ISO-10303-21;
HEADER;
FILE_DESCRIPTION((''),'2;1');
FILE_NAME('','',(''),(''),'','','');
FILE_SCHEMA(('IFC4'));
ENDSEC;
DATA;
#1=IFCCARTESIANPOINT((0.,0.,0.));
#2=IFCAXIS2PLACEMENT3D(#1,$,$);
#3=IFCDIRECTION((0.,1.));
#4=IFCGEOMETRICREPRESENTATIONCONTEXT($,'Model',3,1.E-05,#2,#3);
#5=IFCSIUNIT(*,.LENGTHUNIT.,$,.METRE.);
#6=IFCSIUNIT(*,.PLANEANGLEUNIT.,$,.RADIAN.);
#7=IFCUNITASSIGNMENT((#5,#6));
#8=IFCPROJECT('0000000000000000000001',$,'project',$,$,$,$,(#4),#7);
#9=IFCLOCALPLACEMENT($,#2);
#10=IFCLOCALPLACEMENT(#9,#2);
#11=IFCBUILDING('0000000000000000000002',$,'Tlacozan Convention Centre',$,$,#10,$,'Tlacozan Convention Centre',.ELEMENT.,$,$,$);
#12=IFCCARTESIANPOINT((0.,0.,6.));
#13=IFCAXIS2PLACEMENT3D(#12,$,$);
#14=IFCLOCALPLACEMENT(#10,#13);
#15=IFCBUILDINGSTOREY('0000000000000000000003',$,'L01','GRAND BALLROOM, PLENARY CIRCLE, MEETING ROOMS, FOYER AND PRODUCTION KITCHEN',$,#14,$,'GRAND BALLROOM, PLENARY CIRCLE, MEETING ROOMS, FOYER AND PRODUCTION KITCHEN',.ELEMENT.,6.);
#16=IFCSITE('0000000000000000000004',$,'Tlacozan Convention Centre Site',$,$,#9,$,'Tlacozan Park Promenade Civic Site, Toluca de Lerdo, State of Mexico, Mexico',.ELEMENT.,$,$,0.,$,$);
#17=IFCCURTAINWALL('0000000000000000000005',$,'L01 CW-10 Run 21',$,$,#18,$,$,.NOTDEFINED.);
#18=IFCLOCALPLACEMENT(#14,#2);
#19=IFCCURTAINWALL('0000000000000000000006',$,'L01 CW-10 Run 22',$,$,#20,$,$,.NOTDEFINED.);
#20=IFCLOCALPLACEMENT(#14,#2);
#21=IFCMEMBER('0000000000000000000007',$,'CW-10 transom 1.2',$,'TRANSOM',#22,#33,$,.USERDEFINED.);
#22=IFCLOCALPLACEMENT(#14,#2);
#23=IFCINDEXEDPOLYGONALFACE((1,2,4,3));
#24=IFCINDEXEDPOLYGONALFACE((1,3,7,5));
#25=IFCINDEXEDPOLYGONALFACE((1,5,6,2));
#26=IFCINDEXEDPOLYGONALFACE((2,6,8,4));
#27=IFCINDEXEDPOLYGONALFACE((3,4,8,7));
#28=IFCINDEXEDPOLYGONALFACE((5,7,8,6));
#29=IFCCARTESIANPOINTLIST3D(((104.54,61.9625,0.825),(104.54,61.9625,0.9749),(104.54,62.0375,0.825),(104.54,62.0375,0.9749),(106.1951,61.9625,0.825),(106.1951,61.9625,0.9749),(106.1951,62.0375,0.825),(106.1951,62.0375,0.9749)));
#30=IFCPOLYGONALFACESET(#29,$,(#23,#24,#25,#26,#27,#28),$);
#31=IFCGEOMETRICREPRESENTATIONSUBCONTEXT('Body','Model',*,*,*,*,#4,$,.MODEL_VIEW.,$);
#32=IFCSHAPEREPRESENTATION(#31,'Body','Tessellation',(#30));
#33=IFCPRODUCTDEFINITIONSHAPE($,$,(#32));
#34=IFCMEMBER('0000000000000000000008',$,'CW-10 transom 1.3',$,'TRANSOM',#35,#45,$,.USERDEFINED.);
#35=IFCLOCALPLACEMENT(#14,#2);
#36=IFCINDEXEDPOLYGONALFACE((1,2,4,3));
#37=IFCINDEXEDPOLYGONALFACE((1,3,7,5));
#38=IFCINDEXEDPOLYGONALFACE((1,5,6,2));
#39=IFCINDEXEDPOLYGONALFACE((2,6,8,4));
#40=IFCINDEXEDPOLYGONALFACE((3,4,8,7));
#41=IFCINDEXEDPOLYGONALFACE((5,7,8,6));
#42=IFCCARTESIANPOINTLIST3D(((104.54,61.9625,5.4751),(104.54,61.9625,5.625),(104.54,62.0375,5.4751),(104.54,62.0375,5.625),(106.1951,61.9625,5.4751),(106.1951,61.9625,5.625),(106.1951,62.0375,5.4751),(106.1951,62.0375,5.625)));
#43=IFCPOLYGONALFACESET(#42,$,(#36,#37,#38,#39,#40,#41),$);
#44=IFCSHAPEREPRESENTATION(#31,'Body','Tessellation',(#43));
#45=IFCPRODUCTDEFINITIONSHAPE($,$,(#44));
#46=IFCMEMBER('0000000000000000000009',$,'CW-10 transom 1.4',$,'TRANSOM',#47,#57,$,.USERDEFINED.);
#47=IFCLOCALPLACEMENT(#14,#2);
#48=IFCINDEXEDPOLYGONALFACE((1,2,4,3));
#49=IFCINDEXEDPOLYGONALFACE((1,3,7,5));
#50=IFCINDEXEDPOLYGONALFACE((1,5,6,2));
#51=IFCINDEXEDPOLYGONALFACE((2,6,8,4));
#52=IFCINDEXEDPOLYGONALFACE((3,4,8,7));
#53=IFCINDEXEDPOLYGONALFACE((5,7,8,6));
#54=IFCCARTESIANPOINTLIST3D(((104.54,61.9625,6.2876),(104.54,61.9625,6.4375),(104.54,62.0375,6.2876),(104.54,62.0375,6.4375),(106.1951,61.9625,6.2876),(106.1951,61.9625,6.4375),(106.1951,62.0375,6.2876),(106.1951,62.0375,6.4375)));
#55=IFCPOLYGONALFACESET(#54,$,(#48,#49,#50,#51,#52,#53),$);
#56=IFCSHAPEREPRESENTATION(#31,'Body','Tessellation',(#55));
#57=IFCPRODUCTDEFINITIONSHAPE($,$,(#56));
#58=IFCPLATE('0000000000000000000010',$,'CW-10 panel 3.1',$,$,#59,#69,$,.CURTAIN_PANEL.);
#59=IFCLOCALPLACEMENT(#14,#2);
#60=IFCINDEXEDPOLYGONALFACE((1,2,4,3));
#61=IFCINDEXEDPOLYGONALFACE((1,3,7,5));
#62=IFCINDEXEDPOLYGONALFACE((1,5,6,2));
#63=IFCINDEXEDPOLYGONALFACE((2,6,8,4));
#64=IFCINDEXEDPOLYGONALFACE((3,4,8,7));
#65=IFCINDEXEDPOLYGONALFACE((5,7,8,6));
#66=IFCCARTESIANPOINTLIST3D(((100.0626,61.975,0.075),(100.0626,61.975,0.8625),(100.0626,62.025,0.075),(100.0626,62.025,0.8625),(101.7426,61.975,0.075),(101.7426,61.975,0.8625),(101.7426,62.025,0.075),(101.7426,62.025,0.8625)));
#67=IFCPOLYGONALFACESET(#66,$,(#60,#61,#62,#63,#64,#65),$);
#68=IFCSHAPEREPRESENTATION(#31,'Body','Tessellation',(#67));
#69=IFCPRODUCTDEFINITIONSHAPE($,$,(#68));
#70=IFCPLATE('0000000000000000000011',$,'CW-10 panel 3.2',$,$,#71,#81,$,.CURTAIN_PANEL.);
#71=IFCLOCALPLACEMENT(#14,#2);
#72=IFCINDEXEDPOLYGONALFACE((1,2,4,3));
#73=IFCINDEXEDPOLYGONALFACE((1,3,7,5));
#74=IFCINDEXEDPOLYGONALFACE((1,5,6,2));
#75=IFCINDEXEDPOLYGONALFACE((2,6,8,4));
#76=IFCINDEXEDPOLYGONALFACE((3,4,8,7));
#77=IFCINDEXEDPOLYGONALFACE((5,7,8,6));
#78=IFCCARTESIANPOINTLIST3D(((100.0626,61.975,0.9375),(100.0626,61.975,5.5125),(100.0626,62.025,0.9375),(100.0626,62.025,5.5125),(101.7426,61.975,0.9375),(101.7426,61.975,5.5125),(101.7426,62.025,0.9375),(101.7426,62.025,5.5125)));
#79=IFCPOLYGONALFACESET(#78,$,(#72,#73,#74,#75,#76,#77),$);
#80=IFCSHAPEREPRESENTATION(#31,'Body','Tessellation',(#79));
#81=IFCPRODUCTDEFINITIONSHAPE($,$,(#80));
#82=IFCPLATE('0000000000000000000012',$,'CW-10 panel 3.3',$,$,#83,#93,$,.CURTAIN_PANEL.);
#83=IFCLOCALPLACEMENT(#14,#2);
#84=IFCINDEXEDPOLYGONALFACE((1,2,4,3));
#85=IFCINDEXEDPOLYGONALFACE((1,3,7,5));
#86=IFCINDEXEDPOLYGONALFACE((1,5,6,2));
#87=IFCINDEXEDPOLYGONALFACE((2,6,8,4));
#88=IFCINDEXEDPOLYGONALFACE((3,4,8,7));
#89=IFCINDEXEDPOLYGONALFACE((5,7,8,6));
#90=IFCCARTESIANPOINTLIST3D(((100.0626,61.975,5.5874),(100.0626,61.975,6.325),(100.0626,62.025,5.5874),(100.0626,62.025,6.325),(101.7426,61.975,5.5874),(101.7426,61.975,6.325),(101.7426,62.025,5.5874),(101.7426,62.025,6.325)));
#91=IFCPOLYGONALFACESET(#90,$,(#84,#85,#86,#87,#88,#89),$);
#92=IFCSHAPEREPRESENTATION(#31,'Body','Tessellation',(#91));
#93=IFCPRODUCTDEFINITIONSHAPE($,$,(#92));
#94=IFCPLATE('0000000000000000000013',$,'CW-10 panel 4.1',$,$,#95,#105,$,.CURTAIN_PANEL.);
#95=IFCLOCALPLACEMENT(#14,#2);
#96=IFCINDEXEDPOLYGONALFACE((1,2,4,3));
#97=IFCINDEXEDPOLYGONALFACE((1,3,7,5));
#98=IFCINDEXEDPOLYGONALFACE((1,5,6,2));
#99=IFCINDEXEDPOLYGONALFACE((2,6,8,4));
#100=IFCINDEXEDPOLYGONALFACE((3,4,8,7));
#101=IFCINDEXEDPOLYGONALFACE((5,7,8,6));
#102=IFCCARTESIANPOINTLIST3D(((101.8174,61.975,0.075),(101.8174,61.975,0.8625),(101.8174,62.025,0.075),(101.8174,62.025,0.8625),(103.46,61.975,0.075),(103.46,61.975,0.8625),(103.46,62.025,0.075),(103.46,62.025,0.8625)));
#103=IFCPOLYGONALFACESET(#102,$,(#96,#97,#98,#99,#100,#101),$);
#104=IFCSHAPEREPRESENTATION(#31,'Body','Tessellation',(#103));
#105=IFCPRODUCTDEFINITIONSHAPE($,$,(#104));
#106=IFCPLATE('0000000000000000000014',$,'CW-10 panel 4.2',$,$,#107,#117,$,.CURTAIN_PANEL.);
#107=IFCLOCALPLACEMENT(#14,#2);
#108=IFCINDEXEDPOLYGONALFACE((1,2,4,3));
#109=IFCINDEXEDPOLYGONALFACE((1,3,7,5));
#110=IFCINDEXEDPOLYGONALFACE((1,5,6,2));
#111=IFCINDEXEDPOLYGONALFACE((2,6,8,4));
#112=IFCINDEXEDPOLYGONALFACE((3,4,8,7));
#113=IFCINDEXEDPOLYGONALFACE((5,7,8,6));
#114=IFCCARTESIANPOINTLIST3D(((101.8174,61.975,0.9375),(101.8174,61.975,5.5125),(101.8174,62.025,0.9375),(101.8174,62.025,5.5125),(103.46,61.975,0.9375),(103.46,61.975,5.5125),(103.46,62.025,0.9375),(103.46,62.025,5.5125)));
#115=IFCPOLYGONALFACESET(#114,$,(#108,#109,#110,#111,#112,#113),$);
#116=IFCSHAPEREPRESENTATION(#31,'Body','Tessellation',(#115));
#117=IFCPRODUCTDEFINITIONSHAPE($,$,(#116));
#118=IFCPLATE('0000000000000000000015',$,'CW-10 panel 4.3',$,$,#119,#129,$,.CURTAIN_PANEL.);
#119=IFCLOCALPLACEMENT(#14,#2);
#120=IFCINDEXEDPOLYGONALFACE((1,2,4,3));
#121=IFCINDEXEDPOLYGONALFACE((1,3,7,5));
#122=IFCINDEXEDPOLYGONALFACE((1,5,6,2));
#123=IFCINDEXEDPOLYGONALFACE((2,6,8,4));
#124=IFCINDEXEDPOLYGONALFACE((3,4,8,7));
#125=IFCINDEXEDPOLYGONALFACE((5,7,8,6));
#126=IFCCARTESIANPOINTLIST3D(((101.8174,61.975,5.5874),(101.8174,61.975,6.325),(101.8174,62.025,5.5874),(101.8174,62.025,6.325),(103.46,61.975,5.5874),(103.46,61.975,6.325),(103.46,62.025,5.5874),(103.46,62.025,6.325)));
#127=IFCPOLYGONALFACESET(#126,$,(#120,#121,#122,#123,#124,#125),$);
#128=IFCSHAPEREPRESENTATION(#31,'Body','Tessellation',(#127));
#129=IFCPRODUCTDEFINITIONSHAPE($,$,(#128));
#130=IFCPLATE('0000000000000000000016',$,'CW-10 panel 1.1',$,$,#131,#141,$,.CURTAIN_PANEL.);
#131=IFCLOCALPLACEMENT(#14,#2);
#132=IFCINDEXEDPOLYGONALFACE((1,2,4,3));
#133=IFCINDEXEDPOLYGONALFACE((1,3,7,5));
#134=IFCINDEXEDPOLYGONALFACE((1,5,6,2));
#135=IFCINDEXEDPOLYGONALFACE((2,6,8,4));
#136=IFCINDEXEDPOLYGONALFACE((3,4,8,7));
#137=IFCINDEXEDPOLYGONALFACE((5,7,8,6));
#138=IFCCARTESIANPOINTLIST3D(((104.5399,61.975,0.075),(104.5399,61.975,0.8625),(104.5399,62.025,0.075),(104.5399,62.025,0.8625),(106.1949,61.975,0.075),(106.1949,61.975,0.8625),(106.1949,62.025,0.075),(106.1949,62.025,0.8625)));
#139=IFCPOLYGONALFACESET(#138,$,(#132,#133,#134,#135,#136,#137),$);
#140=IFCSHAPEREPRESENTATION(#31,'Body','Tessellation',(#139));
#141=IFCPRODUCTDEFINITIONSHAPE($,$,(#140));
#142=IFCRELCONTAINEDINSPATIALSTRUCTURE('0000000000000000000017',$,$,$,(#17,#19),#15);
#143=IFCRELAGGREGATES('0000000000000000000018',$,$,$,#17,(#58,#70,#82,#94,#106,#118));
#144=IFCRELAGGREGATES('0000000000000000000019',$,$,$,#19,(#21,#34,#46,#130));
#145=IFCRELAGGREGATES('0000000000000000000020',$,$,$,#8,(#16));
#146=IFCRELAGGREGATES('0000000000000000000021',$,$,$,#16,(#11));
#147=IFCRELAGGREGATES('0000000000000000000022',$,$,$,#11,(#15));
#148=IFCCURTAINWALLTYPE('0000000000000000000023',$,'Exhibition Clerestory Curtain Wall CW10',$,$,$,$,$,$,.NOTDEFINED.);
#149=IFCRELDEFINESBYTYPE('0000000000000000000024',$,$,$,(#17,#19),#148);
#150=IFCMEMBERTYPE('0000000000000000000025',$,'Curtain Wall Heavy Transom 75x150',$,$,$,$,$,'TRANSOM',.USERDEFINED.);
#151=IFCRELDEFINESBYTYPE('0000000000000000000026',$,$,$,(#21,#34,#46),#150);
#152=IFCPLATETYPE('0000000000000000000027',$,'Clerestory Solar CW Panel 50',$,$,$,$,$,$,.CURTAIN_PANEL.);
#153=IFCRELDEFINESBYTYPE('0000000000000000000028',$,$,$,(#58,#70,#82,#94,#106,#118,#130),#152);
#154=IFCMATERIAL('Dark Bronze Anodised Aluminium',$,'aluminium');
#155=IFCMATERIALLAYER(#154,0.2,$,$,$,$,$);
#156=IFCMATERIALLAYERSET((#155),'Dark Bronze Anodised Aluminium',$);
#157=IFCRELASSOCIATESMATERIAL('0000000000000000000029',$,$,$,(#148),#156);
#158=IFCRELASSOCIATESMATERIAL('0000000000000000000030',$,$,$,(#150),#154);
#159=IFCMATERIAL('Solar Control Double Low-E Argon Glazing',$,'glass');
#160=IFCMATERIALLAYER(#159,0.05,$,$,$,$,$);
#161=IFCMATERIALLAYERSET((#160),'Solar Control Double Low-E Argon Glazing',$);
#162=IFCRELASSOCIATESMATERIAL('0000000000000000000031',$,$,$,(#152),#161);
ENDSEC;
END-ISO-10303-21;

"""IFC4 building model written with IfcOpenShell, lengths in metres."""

from ifc_helpers import new_model, si_unit, direction, frame, origin, origin_2d, place, context, subcontext, project, spatial, rectangle, extrude, material, layer, layer_set, material_profile, profile_set, type_object, element, aggregate, save


model = new_model("IFC4")

# Units and contexts
model_context = context("Model", 3, precision=1e-05, world=origin(), true_north=direction((0.0, 1.0)))
body_context = subcontext(model_context, "Body", "Model", "MODEL_VIEW")
ifc_project = project(units=[si_unit("LENGTHUNIT", "METRE"), si_unit("PLANEANGLEUNIT", "RADIAN")], contexts=[model_context])

# Site, building, storey
site_placement = place(None, origin())
site = spatial("IfcSite", under=ifc_project, at=site_placement, Name="Tlacozan Convention Centre Site", LongName="Tlacozan Park Promenade Civic Site, Toluca de Lerdo, State of Mexico, Mexico", CompositionType="ELEMENT", RefElevation=0.0)
building_placement = place(site_placement, origin())
building = spatial("IfcBuilding", under=site, at=building_placement, Name="Tlacozan Convention Centre", LongName="Tlacozan Convention Centre", CompositionType="ELEMENT")
storey_placement = place(building_placement, frame((0.0, 0.0, 6.0)))
storey = spatial("IfcBuildingStorey", under=building, at=storey_placement, Name="L01", Description="GRAND BALLROOM, PLENARY CIRCLE, MEETING ROOMS, FOYER AND PRODUCTION KITCHEN", LongName="GRAND BALLROOM, PLENARY CIRCLE, MEETING ROOMS, FOYER AND PRODUCTION KITCHEN", CompositionType="ELEMENT", Elevation=6.0)

# Curtain wall
ifc_material_1 = material(Name="Dark Bronze Anodised Aluminium", Category="aluminium")
ifc_layer_1 = layer(ifc_material_1, 0.2)
ifc_layer_set_1 = layer_set([ifc_layer_1], Name="Dark Bronze Anodised Aluminium")
curtain_wall_type = type_object("IfcCurtainWallType", Name="Exhibition Clerestory Curtain Wall CW10", PredefinedType="NOTDEFINED", material=ifc_layer_set_1)
curtain_wall_1_placement = place(storey_placement, origin())
curtain_wall_1 = element("IfcCurtainWall", 1, at=curtain_wall_1_placement, inside=storey, type_object=curtain_wall_type, Name="L01 CW-10 Run 21", PredefinedType="NOTDEFINED")

# Curtain wall
curtain_wall_2_placement = place(storey_placement, origin())
curtain_wall_2 = element("IfcCurtainWall", 2, at=curtain_wall_2_placement, inside=storey, type_object=curtain_wall_type, Name="L01 CW-10 Run 22", PredefinedType="NOTDEFINED")

# Members
ifc_material_profile_1 = material_profile(ifc_material_1, rectangle(XDim=0.075, YDim=0.1499, at=origin_2d()), Name="ALU 75x150")
ifc_profile_set_1 = profile_set([ifc_material_profile_1], Name="Dark Bronze Anodised Aluminium")
member_type_1 = type_object("IfcMemberType", Name="Curtain Wall Heavy Transom 75x150", ElementType="TRANSOM", PredefinedType="USERDEFINED", material=ifc_profile_set_1)
member_1_placement = place(storey_placement, frame((104.54, 62.0, 0.8999), z_axis=(1.0, 0.0, 0.0), x_axis=(0.0, 1.0, 0.0)))
member_1 = element("IfcMember", 3, at=member_1_placement, type_object=member_type_1, Name="CW-10 transom 1.2", ObjectType="TRANSOM", PredefinedType="USERDEFINED", context=body_context, shape_type="SweptSolid", body=[
    extrude(rectangle(XDim=0.075, YDim=0.1499, at=origin_2d()), origin(), (0.0, 0.0, 1.0), 1.655),
])
member_2_placement = place(storey_placement, frame((104.54, 62.0, 5.55), z_axis=(1.0, 0.0, 0.0), x_axis=(0.0, 1.0, 0.0)))
member_2 = element("IfcMember", 4, at=member_2_placement, type_object=member_type_1, Name="CW-10 transom 1.3", ObjectType="TRANSOM", PredefinedType="USERDEFINED", context=body_context, shape_type="SweptSolid", body=[
    extrude(rectangle(XDim=0.075, YDim=0.1499, at=origin_2d()), origin(), (0.0, 0.0, 1.0), 1.655),
])
member_3_placement = place(storey_placement, frame((104.54, 62.0, 6.3625), z_axis=(1.0, 0.0, 0.0), x_axis=(0.0, 1.0, 0.0)))
member_3 = element("IfcMember", 5, at=member_3_placement, type_object=member_type_1, Name="CW-10 transom 1.4", ObjectType="TRANSOM", PredefinedType="USERDEFINED", context=body_context, shape_type="SweptSolid", body=[
    extrude(rectangle(XDim=0.075, YDim=0.1499, at=origin_2d()), origin(), (0.0, 0.0, 1.0), 1.655),
])

# Plates
ifc_material_2 = material(Name="Solar Control Double Low-E Argon Glazing", Category="glass")
ifc_layer_2 = layer(ifc_material_2, 0.05)
ifc_layer_set_2 = layer_set([ifc_layer_2], Name="Solar Control Double Low-E Argon Glazing")
plate_type = type_object("IfcPlateType", Name="Clerestory Solar CW Panel 50", PredefinedType="CURTAIN_PANEL", material=ifc_layer_set_2)
plate_1_placement = place(storey_placement, frame((100.9026, 62.0, 0.075), z_axis=(0.0, 0.0, 1.0), x_axis=(1.0, 0.0, 0.0)))
plate_1 = element("IfcPlate", 6, at=plate_1_placement, type_object=plate_type, Name="CW-10 panel 3.1", PredefinedType="CURTAIN_PANEL", context=body_context, shape_type="SweptSolid", body=[
    extrude(rectangle(XDim=1.6799, YDim=0.05, at=origin_2d()), origin(), (0.0, 0.0, 1.0), 0.7876),
])
plate_2_placement = place(storey_placement, frame((100.9026, 62.0, 0.9375), z_axis=(0.0, 0.0, 1.0), x_axis=(1.0, 0.0, 0.0)))
plate_2 = element("IfcPlate", 7, at=plate_2_placement, type_object=plate_type, Name="CW-10 panel 3.2", PredefinedType="CURTAIN_PANEL", context=body_context, shape_type="SweptSolid", body=[
    extrude(rectangle(XDim=1.6799, YDim=0.05, at=origin_2d()), origin(), (0.0, 0.0, 1.0), 4.575),
])
plate_3_placement = place(storey_placement, frame((100.9026, 62.0, 5.5874), z_axis=(0.0, 0.0, 1.0), x_axis=(1.0, 0.0, 0.0)))
plate_3 = element("IfcPlate", 8, at=plate_3_placement, type_object=plate_type, Name="CW-10 panel 3.3", PredefinedType="CURTAIN_PANEL", context=body_context, shape_type="SweptSolid", body=[
    extrude(rectangle(XDim=1.6799, YDim=0.05, at=origin_2d()), origin(), (0.0, 0.0, 1.0), 0.7375),
])
plate_4_placement = place(storey_placement, frame((102.6387, 62.0, 0.075), z_axis=(0.0, 0.0, 1.0), x_axis=(1.0, 0.0, 0.0)))
plate_4 = element("IfcPlate", 9, at=plate_4_placement, type_object=plate_type, Name="CW-10 panel 4.1", PredefinedType="CURTAIN_PANEL", context=body_context, shape_type="SweptSolid", body=[
    extrude(rectangle(XDim=1.6426, YDim=0.05, at=origin_2d()), origin(), (0.0, 0.0, 1.0), 0.7876),
])
plate_5_placement = place(storey_placement, frame((102.6387, 62.0, 0.9375), z_axis=(0.0, 0.0, 1.0), x_axis=(1.0, 0.0, 0.0)))
plate_5 = element("IfcPlate", 10, at=plate_5_placement, type_object=plate_type, Name="CW-10 panel 4.2", PredefinedType="CURTAIN_PANEL", context=body_context, shape_type="SweptSolid", body=[
    extrude(rectangle(XDim=1.6426, YDim=0.05, at=origin_2d()), origin(), (0.0, 0.0, 1.0), 4.575),
])
plate_6_placement = place(storey_placement, frame((102.6387, 62.0, 5.5874), z_axis=(0.0, 0.0, 1.0), x_axis=(1.0, 0.0, 0.0)))
plate_6 = element("IfcPlate", 11, at=plate_6_placement, type_object=plate_type, Name="CW-10 panel 4.3", PredefinedType="CURTAIN_PANEL", context=body_context, shape_type="SweptSolid", body=[
    extrude(rectangle(XDim=1.6426, YDim=0.05, at=origin_2d()), origin(), (0.0, 0.0, 1.0), 0.7375),
])
aggregate(curtain_wall_1, [plate_1, plate_2, plate_3, plate_4, plate_5, plate_6])
plate_7_placement = place(storey_placement, frame((105.3674, 62.0, 0.075), z_axis=(0.0, 0.0, 1.0), x_axis=(1.0, 0.0, 0.0)))
plate_7 = element("IfcPlate", 12, at=plate_7_placement, type_object=plate_type, Name="CW-10 panel 1.1", PredefinedType="CURTAIN_PANEL", context=body_context, shape_type="SweptSolid", body=[
    extrude(rectangle(XDim=1.655, YDim=0.05, at=origin_2d()), origin(), (0.0, 0.0, 1.0), 0.7876),
])
aggregate(curtain_wall_2, [member_1, member_2, member_3, plate_7])

save(model, "model.ifc")
